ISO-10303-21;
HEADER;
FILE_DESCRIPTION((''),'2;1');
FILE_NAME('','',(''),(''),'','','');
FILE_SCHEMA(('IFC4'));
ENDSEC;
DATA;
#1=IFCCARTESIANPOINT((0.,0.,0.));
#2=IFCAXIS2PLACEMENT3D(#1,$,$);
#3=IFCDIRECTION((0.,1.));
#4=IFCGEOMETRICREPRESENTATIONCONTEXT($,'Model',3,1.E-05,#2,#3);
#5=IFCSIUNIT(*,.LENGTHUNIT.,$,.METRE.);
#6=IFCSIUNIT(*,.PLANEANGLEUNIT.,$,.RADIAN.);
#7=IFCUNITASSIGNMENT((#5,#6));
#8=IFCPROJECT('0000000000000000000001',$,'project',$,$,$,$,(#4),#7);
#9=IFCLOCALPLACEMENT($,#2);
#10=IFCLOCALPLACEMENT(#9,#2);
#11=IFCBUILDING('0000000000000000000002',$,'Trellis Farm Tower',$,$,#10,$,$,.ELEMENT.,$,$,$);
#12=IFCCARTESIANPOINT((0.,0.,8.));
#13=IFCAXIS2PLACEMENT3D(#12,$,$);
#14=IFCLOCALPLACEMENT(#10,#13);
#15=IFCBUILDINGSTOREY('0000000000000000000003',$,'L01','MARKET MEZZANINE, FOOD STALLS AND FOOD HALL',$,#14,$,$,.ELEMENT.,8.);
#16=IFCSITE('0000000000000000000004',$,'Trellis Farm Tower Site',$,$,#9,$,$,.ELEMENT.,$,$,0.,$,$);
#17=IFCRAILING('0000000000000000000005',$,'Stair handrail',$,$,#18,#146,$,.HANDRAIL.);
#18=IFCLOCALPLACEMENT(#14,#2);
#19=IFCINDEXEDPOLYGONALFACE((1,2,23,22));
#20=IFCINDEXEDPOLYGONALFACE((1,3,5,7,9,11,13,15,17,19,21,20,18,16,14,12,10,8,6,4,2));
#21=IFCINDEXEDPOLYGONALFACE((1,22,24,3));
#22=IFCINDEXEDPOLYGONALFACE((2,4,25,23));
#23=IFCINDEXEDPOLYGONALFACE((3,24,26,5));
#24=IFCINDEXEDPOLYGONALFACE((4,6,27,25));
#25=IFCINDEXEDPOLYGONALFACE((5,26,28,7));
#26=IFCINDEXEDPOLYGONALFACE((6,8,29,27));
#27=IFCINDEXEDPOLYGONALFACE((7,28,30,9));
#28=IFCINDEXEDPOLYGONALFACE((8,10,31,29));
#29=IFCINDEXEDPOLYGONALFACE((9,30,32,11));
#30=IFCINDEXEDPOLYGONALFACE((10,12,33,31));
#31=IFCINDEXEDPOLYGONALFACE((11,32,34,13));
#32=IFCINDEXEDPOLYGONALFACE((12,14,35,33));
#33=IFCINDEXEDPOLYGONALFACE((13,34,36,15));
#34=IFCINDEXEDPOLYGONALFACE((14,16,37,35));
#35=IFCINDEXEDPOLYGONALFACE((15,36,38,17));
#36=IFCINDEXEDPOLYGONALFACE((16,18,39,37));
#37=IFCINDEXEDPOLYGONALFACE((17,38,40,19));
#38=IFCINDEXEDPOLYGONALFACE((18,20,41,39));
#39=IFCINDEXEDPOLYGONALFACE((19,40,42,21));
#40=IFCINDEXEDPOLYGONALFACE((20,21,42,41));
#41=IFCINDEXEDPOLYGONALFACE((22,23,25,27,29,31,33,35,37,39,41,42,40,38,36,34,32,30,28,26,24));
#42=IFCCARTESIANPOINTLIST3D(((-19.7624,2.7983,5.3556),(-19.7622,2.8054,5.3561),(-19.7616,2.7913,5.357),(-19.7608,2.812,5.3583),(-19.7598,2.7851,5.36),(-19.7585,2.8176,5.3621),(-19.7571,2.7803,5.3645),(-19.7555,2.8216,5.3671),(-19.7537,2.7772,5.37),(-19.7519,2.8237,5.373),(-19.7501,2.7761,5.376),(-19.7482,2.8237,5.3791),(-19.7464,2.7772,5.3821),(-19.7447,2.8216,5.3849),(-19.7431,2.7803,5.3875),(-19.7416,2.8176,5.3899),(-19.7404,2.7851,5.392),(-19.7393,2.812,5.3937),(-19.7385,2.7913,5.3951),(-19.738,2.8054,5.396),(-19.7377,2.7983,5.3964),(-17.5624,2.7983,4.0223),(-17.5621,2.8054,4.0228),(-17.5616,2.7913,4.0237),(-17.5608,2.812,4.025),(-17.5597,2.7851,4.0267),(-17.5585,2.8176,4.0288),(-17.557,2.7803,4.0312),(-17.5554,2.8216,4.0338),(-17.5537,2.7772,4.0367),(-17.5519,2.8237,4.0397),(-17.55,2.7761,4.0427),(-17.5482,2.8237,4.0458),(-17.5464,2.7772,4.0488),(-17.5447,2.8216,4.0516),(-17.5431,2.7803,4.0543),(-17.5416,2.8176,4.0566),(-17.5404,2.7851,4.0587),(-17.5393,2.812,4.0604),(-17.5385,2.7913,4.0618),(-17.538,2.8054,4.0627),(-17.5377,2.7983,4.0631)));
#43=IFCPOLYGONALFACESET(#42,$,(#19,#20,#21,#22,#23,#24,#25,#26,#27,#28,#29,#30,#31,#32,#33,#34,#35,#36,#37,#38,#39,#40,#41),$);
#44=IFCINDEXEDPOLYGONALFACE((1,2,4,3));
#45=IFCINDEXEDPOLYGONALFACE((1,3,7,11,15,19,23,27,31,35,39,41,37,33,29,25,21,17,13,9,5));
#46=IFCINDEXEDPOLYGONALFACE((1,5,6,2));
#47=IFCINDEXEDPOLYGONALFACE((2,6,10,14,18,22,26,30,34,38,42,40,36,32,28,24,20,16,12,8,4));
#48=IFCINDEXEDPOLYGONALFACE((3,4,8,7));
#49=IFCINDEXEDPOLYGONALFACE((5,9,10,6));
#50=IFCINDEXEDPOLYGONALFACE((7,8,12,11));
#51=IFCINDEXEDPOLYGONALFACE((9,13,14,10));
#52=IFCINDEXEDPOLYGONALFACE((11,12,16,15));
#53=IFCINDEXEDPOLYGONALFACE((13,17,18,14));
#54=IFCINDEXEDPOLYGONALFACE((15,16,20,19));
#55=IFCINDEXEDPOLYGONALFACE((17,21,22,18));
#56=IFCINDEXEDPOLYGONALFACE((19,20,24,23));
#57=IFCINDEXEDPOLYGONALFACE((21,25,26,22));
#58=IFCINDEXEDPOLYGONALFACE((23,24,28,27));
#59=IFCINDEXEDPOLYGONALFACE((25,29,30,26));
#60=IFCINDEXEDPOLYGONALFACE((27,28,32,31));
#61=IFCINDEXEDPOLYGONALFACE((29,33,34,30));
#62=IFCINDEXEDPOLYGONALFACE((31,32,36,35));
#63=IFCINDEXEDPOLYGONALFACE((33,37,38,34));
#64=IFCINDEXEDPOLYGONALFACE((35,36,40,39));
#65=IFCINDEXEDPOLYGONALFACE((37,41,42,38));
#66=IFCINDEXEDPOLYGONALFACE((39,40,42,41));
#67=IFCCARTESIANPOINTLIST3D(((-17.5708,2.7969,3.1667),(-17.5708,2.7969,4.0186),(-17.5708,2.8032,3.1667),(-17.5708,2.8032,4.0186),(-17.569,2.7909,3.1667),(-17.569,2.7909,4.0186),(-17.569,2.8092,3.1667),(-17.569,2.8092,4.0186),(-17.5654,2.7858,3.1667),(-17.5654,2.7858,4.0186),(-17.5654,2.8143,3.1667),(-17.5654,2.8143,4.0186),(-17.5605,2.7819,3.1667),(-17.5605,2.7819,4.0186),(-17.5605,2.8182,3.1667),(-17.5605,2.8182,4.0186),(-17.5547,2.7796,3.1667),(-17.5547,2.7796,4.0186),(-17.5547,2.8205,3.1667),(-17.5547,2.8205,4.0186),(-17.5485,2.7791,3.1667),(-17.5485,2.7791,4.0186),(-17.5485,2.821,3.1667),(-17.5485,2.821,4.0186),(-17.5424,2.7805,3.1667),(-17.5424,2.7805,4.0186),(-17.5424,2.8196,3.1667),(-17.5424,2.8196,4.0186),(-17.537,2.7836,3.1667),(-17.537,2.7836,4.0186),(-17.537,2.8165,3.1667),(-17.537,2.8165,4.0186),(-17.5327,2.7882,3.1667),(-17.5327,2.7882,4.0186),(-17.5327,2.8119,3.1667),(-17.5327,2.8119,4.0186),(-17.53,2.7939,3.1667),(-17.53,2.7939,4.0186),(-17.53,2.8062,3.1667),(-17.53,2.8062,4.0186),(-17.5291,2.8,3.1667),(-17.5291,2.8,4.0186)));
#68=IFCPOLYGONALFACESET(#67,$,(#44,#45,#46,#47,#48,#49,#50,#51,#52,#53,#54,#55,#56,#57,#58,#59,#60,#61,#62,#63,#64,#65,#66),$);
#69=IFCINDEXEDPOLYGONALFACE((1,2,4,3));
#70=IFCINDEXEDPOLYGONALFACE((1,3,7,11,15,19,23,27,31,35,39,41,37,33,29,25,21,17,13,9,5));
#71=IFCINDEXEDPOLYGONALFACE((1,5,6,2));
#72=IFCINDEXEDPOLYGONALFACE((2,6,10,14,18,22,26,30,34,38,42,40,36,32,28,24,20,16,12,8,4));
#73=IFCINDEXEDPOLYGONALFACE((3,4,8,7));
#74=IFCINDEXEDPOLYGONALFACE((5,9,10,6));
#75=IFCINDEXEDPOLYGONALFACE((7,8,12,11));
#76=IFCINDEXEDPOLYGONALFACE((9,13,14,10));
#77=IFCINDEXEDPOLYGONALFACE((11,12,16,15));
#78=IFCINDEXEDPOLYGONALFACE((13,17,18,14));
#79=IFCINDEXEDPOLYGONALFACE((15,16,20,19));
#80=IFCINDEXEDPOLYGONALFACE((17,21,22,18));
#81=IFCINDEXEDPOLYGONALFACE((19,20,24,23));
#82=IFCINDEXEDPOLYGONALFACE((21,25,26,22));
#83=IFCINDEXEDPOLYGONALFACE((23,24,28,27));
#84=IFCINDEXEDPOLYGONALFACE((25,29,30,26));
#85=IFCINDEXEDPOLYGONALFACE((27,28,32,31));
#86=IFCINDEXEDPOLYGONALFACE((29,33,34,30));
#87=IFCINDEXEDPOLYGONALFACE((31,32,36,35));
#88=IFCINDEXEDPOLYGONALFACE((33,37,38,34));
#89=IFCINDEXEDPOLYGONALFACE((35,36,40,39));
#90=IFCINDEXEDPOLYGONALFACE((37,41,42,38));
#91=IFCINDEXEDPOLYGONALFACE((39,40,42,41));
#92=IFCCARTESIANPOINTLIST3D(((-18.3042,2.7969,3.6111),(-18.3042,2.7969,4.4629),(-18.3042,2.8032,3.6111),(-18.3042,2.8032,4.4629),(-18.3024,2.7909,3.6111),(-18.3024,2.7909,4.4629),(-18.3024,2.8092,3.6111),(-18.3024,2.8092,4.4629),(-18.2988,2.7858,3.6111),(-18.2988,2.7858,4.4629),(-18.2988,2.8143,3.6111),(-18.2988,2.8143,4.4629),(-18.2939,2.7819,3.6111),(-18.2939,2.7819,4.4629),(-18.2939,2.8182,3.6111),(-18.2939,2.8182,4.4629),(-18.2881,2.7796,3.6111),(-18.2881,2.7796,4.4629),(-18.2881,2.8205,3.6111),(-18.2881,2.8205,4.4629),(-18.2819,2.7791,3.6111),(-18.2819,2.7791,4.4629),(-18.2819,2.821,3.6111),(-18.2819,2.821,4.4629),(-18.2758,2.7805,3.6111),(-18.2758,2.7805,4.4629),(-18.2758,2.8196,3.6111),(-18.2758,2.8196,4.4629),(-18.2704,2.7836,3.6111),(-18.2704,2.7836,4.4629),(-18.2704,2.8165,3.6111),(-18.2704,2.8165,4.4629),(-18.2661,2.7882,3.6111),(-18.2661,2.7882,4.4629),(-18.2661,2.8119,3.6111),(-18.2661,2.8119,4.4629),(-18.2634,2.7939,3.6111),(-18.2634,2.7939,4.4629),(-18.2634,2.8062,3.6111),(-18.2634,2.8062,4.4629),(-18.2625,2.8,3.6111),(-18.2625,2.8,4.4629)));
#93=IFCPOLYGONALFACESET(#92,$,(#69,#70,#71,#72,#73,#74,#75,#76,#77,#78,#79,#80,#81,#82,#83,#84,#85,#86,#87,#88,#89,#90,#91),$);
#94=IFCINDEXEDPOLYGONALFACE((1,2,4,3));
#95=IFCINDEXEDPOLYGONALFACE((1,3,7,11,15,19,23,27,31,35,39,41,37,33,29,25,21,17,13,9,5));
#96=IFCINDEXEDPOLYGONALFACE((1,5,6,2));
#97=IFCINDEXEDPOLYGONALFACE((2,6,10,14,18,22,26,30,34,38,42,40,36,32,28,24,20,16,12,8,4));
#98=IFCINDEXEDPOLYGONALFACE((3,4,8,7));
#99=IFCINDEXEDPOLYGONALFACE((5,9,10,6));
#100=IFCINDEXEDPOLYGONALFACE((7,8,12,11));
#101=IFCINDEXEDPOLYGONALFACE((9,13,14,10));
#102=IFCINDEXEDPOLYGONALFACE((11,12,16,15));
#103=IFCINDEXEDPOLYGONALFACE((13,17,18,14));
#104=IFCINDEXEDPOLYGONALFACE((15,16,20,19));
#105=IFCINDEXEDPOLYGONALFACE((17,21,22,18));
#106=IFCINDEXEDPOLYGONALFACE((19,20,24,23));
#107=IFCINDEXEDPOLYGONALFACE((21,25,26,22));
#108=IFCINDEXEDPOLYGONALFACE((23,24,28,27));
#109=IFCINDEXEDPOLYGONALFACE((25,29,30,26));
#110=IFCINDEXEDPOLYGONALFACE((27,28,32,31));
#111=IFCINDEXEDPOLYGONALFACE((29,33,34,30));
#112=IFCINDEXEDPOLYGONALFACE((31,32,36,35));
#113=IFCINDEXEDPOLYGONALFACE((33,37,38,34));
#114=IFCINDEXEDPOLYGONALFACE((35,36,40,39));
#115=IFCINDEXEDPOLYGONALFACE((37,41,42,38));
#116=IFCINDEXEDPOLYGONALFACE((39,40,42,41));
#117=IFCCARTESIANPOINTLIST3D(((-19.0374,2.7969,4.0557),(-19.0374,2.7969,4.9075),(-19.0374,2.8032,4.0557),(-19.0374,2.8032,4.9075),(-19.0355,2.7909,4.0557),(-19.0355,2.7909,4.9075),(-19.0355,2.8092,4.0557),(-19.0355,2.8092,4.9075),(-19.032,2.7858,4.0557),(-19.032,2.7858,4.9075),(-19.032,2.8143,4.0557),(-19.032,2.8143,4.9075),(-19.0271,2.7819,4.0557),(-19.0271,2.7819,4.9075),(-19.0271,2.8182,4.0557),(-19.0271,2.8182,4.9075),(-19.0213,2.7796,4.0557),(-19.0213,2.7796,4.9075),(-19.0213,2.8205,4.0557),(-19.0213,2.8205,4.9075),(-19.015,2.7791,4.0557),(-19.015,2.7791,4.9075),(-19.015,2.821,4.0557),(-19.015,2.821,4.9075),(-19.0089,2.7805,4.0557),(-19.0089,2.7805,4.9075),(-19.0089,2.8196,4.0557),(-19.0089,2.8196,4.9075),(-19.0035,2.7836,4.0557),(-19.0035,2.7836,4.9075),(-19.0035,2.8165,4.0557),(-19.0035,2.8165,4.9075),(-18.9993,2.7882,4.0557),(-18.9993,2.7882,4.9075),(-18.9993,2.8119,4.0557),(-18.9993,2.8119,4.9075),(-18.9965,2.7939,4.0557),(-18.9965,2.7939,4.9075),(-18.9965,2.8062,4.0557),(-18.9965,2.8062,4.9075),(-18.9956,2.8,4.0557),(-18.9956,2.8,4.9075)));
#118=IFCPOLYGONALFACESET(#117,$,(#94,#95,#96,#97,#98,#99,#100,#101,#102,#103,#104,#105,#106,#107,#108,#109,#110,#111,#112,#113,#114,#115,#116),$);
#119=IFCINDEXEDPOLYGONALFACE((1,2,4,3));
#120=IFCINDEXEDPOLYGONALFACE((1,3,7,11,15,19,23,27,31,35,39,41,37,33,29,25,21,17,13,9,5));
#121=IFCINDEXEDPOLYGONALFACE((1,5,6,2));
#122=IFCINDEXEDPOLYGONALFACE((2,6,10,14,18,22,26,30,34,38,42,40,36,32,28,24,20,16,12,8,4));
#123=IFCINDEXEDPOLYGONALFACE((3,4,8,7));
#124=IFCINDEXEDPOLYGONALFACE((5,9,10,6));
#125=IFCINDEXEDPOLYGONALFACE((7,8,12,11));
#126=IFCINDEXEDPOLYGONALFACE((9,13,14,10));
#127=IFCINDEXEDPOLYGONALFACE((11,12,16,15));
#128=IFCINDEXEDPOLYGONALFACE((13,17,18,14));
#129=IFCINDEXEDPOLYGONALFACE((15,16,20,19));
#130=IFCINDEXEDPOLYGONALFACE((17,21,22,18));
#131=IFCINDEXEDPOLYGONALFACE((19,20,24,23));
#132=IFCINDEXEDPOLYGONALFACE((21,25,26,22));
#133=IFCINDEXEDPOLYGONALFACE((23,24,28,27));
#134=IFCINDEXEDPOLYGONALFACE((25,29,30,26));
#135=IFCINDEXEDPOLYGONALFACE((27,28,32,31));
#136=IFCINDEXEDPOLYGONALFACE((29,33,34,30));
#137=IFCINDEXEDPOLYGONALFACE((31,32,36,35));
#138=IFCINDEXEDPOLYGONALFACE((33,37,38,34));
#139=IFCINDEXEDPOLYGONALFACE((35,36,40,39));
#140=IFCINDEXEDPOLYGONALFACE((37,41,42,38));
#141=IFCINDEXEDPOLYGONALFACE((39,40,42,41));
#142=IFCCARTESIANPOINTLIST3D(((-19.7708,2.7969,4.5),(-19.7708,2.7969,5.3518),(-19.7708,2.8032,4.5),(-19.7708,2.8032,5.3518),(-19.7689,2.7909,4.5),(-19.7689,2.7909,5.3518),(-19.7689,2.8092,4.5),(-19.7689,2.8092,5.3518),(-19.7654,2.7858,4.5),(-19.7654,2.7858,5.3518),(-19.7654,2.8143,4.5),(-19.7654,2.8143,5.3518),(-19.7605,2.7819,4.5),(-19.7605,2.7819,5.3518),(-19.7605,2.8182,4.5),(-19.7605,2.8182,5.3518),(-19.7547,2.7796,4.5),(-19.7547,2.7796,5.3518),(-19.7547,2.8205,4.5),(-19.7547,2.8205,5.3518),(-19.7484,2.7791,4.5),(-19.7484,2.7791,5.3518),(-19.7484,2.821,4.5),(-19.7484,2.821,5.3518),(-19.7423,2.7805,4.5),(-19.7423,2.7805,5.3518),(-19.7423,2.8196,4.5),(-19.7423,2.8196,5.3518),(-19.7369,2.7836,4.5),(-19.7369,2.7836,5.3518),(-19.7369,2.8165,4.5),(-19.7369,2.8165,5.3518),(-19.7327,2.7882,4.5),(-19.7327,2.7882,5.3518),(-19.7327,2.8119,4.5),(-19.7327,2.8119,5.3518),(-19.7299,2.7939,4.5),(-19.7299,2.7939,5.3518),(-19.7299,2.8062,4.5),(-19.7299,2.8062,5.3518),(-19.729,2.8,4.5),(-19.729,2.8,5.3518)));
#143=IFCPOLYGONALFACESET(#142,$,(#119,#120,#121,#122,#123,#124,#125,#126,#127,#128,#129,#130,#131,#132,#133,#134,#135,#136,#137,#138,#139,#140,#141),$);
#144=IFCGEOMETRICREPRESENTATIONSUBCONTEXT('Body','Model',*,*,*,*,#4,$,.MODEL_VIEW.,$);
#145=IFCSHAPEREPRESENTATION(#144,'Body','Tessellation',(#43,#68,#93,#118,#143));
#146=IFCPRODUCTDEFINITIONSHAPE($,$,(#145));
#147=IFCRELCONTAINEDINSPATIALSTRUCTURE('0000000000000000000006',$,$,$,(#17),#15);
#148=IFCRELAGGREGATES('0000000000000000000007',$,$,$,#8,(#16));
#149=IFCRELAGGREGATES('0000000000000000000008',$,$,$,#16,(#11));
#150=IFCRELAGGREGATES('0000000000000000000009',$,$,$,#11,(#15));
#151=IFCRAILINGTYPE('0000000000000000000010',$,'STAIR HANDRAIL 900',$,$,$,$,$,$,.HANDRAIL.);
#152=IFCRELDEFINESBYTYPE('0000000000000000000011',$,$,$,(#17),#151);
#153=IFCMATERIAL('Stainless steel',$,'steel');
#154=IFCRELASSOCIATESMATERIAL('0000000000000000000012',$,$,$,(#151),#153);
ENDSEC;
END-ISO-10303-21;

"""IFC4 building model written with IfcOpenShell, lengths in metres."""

from ifc_helpers import new_model, si_unit, direction, frame, origin, origin_2d, place, context, subcontext, project, spatial, circle, extrude, source, transform, mapped, material, type_object, element, save


model = new_model("IFC4")

# Units and contexts
model_context = context("Model", 3, precision=1e-05, world=origin(), true_north=direction((0.0, 1.0)))
body_context = subcontext(model_context, "Body", "Model", "MODEL_VIEW")
ifc_project = project(units=[si_unit("LENGTHUNIT", "METRE"), si_unit("PLANEANGLEUNIT", "RADIAN")], contexts=[model_context])

# Site, building, storey
site_placement = place(None, origin())
site = spatial("IfcSite", under=ifc_project, at=site_placement, Name="Trellis Farm Tower Site", CompositionType="ELEMENT", RefElevation=0.0)
building_placement = place(site_placement, origin())
building = spatial("IfcBuilding", under=site, at=building_placement, Name="Trellis Farm Tower", CompositionType="ELEMENT")
storey_placement = place(building_placement, frame((0.0, 0.0, 8.0)))
storey = spatial("IfcBuildingStorey", under=building, at=storey_placement, Name="L01", Description="MARKET MEZZANINE, FOOD STALLS AND FOOD HALL", CompositionType="ELEMENT", Elevation=8.0)

# Shared definitions
ifc_material_1 = material(Name="Stainless steel", Category="steel")

# Railing
railing_type = type_object("IfcRailingType", Name="STAIR HANDRAIL 900", PredefinedType="HANDRAIL", material=ifc_material_1)
shared_shape_1 = source(origin(), body_context, "Body", "SweptSolid", [
    extrude(circle(Radius=0.0239, at=origin_2d()), frame((0.0, 0.0, 0.876), z_axis=(-0.855207, 0.0, 0.518287), x_axis=(0.0, -1.0, 0.0)), (0.0, 0.0, 1.0), 2.5725),
    extrude(circle(Radius=0.021, at=origin_2d()), origin(), (0.0, 0.0, 1.0), 0.8518),
    extrude(circle(Radius=0.021, at=origin_2d()), frame((-0.7334, 0.0, 0.4443)), (0.0, 0.0, 1.0), 0.8518),
    extrude(circle(Radius=0.021, at=origin_2d()), frame((-1.4666, 0.0, 0.8889)), (0.0, 0.0, 1.0), 0.8518),
    extrude(circle(Radius=0.021, at=origin_2d()), frame((-2.2, 0.0, 1.3333)), (0.0, 0.0, 1.0), 0.8518),
])
for number, where, name in (
    (1, (-17.55, 2.8, 3.1667), "Stair handrail"),
):
    element("IfcRailing", number, at=place(storey_placement, frame(where)), inside=storey, type_object=railing_type, Name=name, PredefinedType="HANDRAIL", context=body_context, shape_type="MappedRepresentation", body=[
        mapped(shared_shape_1, transform((0.0, 0.0, 0.0))),
    ])

save(model, "model.ifc")
